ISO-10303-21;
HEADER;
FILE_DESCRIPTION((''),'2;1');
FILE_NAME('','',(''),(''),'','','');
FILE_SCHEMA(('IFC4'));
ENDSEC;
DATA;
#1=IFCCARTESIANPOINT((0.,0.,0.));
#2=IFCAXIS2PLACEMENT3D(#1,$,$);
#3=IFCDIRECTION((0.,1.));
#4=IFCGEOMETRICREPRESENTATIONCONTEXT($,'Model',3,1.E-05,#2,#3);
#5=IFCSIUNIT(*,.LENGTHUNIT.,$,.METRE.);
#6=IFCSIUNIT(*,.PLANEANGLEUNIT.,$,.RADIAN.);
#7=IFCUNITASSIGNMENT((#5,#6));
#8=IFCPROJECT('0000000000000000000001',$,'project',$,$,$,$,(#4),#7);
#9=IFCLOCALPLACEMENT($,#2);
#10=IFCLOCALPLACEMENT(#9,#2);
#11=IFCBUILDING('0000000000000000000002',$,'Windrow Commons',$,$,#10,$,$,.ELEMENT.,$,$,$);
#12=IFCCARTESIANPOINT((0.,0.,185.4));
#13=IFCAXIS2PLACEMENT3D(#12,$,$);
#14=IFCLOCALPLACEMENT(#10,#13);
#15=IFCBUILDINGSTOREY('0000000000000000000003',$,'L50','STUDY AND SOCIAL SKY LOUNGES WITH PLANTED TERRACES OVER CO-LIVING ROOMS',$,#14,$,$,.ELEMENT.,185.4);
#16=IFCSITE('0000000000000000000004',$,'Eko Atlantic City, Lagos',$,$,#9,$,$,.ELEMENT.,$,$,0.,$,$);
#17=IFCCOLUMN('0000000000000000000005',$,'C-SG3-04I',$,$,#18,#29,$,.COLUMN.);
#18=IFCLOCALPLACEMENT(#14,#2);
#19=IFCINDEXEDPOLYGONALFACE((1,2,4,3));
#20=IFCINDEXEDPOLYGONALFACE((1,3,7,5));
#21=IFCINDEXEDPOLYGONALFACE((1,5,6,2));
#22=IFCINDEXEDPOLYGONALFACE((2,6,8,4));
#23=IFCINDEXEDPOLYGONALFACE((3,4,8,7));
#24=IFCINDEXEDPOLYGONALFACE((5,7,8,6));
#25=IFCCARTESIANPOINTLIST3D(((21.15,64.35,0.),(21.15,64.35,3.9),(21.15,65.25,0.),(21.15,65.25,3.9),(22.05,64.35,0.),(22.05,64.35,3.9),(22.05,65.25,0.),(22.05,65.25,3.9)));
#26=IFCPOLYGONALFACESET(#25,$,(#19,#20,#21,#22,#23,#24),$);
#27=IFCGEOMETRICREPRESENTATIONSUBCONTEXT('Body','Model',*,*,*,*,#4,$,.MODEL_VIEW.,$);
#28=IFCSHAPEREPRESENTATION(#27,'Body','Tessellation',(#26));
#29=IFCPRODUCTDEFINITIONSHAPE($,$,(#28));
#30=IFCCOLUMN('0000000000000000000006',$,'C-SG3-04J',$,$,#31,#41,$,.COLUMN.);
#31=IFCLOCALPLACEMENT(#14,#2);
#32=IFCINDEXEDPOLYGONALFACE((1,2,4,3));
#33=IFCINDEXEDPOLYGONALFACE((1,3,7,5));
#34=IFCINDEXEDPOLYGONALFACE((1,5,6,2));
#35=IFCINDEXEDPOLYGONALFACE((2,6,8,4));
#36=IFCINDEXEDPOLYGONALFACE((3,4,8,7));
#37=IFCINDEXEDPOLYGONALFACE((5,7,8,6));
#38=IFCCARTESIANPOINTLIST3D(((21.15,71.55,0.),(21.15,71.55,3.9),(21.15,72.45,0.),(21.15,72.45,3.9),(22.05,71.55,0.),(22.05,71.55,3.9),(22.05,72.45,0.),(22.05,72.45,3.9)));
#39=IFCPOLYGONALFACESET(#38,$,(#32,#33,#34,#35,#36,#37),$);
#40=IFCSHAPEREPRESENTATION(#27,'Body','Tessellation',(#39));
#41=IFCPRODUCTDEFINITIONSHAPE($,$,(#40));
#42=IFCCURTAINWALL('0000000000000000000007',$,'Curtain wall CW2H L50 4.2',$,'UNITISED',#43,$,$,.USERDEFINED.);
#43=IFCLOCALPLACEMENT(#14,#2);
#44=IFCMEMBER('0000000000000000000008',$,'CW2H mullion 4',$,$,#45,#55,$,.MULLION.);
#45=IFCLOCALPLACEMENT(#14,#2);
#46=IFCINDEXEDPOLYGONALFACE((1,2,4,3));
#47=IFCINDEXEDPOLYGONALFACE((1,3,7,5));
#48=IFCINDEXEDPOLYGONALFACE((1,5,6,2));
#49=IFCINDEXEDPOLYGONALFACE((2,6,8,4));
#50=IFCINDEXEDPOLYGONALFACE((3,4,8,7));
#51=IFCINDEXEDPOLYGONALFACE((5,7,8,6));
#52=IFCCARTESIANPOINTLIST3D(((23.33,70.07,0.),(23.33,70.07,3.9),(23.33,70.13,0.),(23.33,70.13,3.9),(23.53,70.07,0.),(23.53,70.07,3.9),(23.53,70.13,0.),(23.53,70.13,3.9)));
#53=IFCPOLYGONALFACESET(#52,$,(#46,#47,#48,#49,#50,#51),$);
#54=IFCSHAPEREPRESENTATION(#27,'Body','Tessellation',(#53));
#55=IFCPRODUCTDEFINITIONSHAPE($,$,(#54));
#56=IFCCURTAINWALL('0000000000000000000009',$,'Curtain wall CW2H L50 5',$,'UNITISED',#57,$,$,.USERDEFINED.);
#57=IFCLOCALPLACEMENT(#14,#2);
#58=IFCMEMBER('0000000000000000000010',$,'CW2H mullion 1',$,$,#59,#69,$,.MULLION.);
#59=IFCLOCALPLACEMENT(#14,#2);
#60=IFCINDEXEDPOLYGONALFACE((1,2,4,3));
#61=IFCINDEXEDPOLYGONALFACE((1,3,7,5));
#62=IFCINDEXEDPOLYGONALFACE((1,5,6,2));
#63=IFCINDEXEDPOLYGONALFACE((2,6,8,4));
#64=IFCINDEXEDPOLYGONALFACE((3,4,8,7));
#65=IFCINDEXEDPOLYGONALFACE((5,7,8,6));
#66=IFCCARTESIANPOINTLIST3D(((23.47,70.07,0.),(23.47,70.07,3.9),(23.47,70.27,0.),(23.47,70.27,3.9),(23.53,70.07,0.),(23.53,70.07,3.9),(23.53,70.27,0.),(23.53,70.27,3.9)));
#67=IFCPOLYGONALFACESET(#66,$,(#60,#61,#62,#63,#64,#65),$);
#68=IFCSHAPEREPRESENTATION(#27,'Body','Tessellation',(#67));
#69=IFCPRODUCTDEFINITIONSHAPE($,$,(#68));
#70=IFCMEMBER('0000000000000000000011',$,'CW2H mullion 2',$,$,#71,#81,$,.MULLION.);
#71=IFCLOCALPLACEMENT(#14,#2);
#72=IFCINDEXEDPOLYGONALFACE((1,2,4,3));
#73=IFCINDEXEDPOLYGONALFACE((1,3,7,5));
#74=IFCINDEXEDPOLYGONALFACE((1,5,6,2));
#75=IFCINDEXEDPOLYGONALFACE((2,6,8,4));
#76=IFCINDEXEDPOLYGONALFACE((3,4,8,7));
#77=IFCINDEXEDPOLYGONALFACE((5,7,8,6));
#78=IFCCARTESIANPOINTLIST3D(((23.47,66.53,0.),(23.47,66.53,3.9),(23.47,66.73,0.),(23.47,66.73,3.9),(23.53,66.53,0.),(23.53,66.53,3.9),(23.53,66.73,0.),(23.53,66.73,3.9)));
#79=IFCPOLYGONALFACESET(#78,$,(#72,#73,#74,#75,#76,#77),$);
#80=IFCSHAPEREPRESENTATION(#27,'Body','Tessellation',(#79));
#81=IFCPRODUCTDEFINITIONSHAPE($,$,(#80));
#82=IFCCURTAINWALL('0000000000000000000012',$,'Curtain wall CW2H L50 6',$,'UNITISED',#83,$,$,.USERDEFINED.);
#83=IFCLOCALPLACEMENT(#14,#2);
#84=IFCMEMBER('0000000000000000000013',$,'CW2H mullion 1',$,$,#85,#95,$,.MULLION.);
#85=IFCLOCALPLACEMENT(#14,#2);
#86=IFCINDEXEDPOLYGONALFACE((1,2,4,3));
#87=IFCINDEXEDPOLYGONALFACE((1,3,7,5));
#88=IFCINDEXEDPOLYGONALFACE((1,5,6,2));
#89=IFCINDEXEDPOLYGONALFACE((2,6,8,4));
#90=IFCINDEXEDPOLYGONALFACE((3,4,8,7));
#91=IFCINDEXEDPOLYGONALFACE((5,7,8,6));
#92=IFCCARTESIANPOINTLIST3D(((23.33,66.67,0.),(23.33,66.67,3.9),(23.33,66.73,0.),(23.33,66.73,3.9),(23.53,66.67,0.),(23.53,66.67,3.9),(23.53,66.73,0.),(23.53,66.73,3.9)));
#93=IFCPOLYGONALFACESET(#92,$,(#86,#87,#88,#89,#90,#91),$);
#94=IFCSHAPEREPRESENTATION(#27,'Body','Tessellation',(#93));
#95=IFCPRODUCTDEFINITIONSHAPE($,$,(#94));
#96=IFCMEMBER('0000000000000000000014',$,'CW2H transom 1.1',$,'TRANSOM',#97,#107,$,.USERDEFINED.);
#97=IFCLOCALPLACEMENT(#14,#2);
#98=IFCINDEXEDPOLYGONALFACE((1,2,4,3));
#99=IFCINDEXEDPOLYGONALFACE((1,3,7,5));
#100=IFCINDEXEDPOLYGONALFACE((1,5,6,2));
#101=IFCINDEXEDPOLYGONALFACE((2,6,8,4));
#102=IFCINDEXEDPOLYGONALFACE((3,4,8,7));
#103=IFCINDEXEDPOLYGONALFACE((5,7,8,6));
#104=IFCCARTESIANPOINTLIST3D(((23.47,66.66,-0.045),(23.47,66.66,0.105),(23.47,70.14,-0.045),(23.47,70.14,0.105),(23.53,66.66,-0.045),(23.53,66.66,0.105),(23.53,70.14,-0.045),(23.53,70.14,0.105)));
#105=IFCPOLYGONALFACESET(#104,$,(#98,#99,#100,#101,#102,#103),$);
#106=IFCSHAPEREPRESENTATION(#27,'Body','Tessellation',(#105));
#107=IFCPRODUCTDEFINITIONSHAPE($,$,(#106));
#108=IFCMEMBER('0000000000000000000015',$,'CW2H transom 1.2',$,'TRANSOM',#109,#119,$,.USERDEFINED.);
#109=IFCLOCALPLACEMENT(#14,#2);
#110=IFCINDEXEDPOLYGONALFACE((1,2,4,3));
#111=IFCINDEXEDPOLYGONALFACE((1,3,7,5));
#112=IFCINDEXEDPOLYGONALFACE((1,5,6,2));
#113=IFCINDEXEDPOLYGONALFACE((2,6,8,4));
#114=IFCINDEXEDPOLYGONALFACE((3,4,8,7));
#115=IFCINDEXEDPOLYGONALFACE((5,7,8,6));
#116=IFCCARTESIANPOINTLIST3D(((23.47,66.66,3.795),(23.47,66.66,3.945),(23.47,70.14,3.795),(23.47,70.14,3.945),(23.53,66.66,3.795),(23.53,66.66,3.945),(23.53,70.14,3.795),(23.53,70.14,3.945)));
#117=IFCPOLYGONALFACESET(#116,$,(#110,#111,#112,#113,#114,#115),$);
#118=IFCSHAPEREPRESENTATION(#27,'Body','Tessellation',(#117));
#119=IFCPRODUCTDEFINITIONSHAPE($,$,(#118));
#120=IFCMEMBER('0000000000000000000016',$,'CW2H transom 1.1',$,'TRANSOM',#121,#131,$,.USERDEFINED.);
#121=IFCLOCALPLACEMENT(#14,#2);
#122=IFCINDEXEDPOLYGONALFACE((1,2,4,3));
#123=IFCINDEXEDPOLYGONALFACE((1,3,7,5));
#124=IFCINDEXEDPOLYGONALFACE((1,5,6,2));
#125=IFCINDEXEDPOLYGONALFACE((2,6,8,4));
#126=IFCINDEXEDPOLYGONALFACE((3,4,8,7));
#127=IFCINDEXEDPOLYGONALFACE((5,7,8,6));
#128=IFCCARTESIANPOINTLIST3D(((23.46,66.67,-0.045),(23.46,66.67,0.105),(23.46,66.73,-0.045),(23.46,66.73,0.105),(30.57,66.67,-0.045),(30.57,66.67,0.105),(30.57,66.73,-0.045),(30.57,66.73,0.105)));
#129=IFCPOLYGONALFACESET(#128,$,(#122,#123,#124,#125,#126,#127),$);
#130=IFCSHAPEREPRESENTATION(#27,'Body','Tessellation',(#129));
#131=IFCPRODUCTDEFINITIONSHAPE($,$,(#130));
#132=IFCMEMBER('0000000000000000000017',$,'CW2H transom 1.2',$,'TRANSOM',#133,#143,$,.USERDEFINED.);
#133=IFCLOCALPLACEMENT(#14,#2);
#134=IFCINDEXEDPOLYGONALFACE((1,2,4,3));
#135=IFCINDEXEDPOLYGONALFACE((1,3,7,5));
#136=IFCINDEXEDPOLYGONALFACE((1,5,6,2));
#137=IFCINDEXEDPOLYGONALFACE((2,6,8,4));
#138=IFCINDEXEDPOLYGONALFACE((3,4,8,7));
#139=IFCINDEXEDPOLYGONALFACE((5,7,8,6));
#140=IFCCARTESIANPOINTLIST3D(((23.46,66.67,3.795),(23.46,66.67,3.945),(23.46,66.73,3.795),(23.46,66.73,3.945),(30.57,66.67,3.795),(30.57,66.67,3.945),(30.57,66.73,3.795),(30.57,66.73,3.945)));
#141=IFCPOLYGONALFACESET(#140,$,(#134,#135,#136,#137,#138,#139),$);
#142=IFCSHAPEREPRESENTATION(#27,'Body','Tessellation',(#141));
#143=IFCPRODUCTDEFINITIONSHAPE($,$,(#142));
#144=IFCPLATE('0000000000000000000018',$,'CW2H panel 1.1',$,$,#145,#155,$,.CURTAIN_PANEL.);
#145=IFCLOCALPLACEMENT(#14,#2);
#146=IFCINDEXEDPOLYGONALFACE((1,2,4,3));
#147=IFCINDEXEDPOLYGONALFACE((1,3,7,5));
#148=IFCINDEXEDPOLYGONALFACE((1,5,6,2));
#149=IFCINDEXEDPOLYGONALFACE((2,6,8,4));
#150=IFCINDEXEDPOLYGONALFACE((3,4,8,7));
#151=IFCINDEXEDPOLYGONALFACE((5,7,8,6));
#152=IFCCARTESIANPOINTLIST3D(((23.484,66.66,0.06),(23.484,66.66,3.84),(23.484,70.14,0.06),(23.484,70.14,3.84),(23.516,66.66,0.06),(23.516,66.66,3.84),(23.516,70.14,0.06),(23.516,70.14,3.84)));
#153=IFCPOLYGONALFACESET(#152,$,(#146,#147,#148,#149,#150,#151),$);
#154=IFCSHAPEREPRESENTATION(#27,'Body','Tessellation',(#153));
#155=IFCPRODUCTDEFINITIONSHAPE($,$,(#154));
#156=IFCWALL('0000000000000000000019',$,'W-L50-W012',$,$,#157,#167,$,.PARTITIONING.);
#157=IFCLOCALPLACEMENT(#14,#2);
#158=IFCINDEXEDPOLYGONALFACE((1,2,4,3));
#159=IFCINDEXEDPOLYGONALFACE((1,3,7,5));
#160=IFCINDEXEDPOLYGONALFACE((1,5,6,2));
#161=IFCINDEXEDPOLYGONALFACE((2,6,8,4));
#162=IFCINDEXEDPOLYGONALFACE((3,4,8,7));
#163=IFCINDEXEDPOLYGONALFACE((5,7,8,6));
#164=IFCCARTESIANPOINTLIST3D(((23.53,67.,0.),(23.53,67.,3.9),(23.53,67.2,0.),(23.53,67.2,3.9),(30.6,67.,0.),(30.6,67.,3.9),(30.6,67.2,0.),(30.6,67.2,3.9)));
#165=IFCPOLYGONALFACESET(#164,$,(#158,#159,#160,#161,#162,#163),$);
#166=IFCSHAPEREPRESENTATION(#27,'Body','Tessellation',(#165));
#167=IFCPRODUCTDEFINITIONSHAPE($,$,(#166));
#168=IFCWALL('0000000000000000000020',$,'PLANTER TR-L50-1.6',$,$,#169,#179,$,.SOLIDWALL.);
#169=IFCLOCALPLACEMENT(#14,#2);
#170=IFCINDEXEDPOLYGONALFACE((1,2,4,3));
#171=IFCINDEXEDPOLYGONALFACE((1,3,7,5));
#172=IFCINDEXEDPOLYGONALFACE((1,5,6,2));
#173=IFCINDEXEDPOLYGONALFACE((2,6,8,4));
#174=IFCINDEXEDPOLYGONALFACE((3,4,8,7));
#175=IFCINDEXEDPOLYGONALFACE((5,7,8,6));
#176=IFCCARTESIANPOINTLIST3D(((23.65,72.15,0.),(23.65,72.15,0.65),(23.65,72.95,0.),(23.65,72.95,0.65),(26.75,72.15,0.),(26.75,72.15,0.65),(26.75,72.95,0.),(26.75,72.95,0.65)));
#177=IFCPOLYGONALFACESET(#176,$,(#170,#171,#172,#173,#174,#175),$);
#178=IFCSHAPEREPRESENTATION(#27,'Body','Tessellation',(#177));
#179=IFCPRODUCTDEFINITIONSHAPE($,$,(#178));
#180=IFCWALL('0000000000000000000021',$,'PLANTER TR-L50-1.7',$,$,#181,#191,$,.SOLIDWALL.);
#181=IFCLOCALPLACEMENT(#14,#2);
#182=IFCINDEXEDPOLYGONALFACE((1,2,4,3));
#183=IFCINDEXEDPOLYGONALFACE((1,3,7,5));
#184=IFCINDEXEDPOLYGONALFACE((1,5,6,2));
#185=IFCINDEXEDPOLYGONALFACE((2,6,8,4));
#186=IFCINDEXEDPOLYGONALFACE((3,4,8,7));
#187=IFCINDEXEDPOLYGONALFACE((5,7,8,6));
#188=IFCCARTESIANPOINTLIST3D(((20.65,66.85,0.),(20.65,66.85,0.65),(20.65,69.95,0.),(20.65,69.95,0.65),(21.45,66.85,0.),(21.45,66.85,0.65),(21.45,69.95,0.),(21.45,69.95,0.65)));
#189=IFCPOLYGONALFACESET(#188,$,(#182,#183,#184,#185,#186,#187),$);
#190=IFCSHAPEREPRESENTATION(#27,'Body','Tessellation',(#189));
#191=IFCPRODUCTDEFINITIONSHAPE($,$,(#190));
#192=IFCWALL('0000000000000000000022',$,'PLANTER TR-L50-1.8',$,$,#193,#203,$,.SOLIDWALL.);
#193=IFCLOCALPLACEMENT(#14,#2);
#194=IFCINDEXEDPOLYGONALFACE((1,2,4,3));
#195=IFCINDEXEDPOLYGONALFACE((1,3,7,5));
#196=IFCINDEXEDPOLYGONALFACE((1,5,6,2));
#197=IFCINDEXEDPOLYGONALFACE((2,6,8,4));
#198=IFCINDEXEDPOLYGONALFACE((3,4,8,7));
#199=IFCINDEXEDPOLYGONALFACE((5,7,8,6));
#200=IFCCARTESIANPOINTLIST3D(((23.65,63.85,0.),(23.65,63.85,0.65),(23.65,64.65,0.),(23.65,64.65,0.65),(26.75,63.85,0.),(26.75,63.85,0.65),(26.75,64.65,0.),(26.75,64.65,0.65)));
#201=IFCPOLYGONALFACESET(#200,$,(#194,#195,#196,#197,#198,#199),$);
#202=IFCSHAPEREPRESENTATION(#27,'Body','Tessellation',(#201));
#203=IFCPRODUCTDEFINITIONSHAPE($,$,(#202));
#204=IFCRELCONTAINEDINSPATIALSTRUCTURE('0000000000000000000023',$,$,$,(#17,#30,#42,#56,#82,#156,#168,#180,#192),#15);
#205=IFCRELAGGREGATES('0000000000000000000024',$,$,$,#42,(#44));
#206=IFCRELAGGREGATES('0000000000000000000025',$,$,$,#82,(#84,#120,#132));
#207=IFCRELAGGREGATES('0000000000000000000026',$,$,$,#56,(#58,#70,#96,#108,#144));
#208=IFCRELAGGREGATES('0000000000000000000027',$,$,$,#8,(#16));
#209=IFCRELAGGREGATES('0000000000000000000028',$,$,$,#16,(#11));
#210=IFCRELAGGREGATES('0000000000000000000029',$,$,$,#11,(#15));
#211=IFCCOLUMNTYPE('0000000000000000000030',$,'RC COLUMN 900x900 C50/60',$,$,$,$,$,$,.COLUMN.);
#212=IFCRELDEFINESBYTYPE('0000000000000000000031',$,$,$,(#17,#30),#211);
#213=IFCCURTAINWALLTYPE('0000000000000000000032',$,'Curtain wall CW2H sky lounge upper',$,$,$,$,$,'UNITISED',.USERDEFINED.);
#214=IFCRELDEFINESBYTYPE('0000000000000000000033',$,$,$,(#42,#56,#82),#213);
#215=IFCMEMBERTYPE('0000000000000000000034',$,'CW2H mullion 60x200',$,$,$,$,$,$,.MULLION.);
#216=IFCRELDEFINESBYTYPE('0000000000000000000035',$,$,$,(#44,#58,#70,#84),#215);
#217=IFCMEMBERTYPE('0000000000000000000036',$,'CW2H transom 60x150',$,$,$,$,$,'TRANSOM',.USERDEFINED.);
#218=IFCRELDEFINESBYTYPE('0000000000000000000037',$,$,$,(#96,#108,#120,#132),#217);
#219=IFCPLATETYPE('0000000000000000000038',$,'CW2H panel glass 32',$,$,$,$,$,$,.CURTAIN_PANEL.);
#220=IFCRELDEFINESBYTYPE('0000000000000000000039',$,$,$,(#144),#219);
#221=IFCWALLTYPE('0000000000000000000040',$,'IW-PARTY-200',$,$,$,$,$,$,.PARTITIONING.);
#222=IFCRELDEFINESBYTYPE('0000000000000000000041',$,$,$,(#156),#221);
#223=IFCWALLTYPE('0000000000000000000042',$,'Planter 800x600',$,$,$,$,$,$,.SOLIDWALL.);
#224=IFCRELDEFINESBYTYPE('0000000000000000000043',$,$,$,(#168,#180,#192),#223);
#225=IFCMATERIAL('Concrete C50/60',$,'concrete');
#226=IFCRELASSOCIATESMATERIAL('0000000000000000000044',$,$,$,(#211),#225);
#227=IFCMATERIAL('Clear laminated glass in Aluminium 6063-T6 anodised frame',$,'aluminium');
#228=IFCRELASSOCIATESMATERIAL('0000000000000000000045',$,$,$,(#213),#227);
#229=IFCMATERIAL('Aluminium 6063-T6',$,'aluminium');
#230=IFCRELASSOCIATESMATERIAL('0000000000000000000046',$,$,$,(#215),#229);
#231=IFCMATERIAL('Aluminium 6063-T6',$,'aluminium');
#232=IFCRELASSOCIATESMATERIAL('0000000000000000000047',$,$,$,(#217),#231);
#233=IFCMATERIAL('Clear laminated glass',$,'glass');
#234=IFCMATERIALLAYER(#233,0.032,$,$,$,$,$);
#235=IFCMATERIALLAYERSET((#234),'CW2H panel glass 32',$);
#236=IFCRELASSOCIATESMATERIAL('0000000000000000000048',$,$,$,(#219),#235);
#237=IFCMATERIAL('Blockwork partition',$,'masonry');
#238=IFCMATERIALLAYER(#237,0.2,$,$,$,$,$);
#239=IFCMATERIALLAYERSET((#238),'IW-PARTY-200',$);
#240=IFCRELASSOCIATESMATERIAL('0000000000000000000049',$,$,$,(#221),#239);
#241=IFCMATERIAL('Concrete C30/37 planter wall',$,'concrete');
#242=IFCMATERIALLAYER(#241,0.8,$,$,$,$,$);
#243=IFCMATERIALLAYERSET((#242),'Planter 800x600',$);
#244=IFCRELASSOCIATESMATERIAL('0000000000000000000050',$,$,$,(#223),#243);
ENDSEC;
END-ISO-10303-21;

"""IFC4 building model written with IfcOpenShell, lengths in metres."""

from ifc_helpers import new_model, si_unit, direction, frame, frame_2d, origin, origin_2d, place, context, subcontext, project, spatial, rectangle, extrude, material, layer, layer_set, material_profile, profile_set, type_object, element, aggregate, save


model = new_model("IFC4")

# Units and contexts
model_context = context("Model", 3, precision=1e-05, world=origin(), true_north=direction((0.0, 1.0)))
body_context = subcontext(model_context, "Body", "Model", "MODEL_VIEW")
ifc_project = project(units=[si_unit("LENGTHUNIT", "METRE"), si_unit("PLANEANGLEUNIT", "RADIAN")], contexts=[model_context])

# Site, building, storey
site_placement = place(None, origin())
site = spatial("IfcSite", under=ifc_project, at=site_placement, Name="Eko Atlantic City, Lagos", CompositionType="ELEMENT", RefElevation=0.0)
building_placement = place(site_placement, origin())
building = spatial("IfcBuilding", under=site, at=building_placement, Name="Windrow Commons", CompositionType="ELEMENT")
storey_placement = place(building_placement, frame((0.0, 0.0, 185.4)))
storey = spatial("IfcBuildingStorey", under=building, at=storey_placement, Name="L50", Description="STUDY AND SOCIAL SKY LOUNGES WITH PLANTED TERRACES OVER CO-LIVING ROOMS", CompositionType="ELEMENT", Elevation=185.4)

# Columns
ifc_material_1 = material(Name="Concrete C50/60", Category="concrete")
ifc_material_profile_1 = material_profile(ifc_material_1, rectangle(XDim=0.9, YDim=0.9, at=origin_2d()))
ifc_profile_set_1 = profile_set([ifc_material_profile_1], Name="Concrete C50/60")
column_type = type_object("IfcColumnType", Name="RC COLUMN 900x900 C50/60", PredefinedType="COLUMN", material=ifc_profile_set_1)
for number, where, z_axis, x_axis, name in (
    (1, (21.6, 64.8, 0.0), (0.0, 0.0, 1.0), (1.0, 0.0, 0.0), "C-SG3-04I"),
    (2, (21.6, 72.0, 0.0), (0.0, 0.0, 1.0), (1.0, 0.0, 0.0), "C-SG3-04J"),
):
    element("IfcColumn", number, at=place(storey_placement, frame(where, z_axis=z_axis, x_axis=x_axis)), inside=storey, type_object=column_type, Name=name, PredefinedType="COLUMN", context=body_context, shape_type="SweptSolid", body=[
        extrude(rectangle(XDim=0.9, YDim=0.9, at=origin_2d()), origin(), (0.0, 0.0, 1.0), 3.9),
    ])

# Curtain wall, member
ifc_material_2 = material(Name="Clear laminated glass in Aluminium 6063-T6 anodised frame", Category="aluminium")
curtain_wall_type = type_object("IfcCurtainWallType", Name="Curtain wall CW2H sky lounge upper", ElementType="UNITISED", PredefinedType="USERDEFINED", material=ifc_material_2)
placement = place(storey_placement, origin())
curtain_wall_1 = element("IfcCurtainWall", 3, at=placement, inside=storey, type_object=curtain_wall_type, Name="Curtain wall CW2H L50 4.2", ObjectType="UNITISED", PredefinedType="USERDEFINED")
ifc_material_3 = material(Name="Aluminium 6063-T6", Category="aluminium")
ifc_material_profile_2 = material_profile(ifc_material_3, rectangle(XDim=0.06, YDim=0.2, at=origin_2d()))
ifc_profile_set_2 = profile_set([ifc_material_profile_2], Name="Aluminium 6063-T6")
member_type_1 = type_object("IfcMemberType", Name="CW2H mullion 60x200", PredefinedType="MULLION", material=ifc_profile_set_2)
member_1_placement = place(storey_placement, frame((23.43, 70.1, 0.0), z_axis=(0.0, 0.0, 1.0), x_axis=(0.0, -1.0, 0.0)))
member_1 = element("IfcMember", 4, at=member_1_placement, type_object=member_type_1, Name="CW2H mullion 4", PredefinedType="MULLION", context=body_context, shape_type="SweptSolid", body=[
    extrude(rectangle(XDim=0.06, YDim=0.2, at=origin_2d()), origin(), (0.0, 0.0, 1.0), 3.9),
])
aggregate(curtain_wall_1, [member_1])

# Curtain wall, members
curtain_wall_2 = element("IfcCurtainWall", 5, at=placement, inside=storey, type_object=curtain_wall_type, Name="Curtain wall CW2H L50 5", ObjectType="UNITISED", PredefinedType="USERDEFINED")
member_2_placement = place(storey_placement, frame((23.5, 70.17, 0.0), z_axis=(0.0, 0.0, 1.0), x_axis=(1.0, 0.0, 0.0)))
member_2 = element("IfcMember", 6, at=member_2_placement, type_object=member_type_1, Name="CW2H mullion 1", PredefinedType="MULLION", context=body_context, shape_type="SweptSolid", body=[
    extrude(rectangle(XDim=0.06, YDim=0.2, at=origin_2d()), origin(), (0.0, 0.0, 1.0), 3.9),
])
member_3_placement = place(storey_placement, frame((23.5, 66.63, 0.0), z_axis=(0.0, 0.0, 1.0), x_axis=(1.0, 0.0, 0.0)))
member_3 = element("IfcMember", 7, at=member_3_placement, type_object=member_type_1, Name="CW2H mullion 2", PredefinedType="MULLION", context=body_context, shape_type="SweptSolid", body=[
    extrude(rectangle(XDim=0.06, YDim=0.2, at=origin_2d()), origin(), (0.0, 0.0, 1.0), 3.9),
])

# Curtain wall, member
curtain_wall_3 = element("IfcCurtainWall", 8, at=placement, inside=storey, type_object=curtain_wall_type, Name="Curtain wall CW2H L50 6", ObjectType="UNITISED", PredefinedType="USERDEFINED")
member_4_placement = place(storey_placement, frame((23.43, 66.7, 0.0), z_axis=(0.0, 0.0, 1.0), x_axis=(0.0, 1.0, 0.0)))
member_4 = element("IfcMember", 9, at=member_4_placement, type_object=member_type_1, Name="CW2H mullion 1", PredefinedType="MULLION", context=body_context, shape_type="SweptSolid", body=[
    extrude(rectangle(XDim=0.06, YDim=0.2, at=origin_2d()), origin(), (0.0, 0.0, 1.0), 3.9),
])

# Members
ifc_material_4 = material(Name="Aluminium 6063-T6", Category="aluminium")
ifc_material_profile_3 = material_profile(ifc_material_4, rectangle(XDim=0.06, YDim=0.15, at=origin_2d()))
ifc_profile_set_3 = profile_set([ifc_material_profile_3], Name="Aluminium 6063-T6")
member_type_2 = type_object("IfcMemberType", Name="CW2H transom 60x150", ElementType="TRANSOM", PredefinedType="USERDEFINED", material=ifc_profile_set_3)
member_5_placement = place(storey_placement, frame((23.5, 70.14, 0.03), z_axis=(0.0, -1.0, 0.0), x_axis=(1.0, 0.0, 0.0)))
member_5 = element("IfcMember", 10, at=member_5_placement, type_object=member_type_2, Name="CW2H transom 1.1", ObjectType="TRANSOM", PredefinedType="USERDEFINED", context=body_context, shape_type="SweptSolid", body=[
    extrude(rectangle(XDim=0.06, YDim=0.15, at=origin_2d()), origin(), (0.0, 0.0, 1.0), 3.48),
])
member_6_placement = place(storey_placement, frame((23.5, 70.14, 3.87), z_axis=(0.0, -1.0, 0.0), x_axis=(1.0, 0.0, 0.0)))
member_6 = element("IfcMember", 11, at=member_6_placement, type_object=member_type_2, Name="CW2H transom 1.2", ObjectType="TRANSOM", PredefinedType="USERDEFINED", context=body_context, shape_type="SweptSolid", body=[
    extrude(rectangle(XDim=0.06, YDim=0.15, at=origin_2d()), origin(), (0.0, 0.0, 1.0), 3.48),
])
member_7_placement = place(storey_placement, frame((23.46, 66.7, 0.03), z_axis=(1.0, 0.0, 0.0), x_axis=(0.0, 1.0, 0.0)))
member_7 = element("IfcMember", 12, at=member_7_placement, type_object=member_type_2, Name="CW2H transom 1.1", ObjectType="TRANSOM", PredefinedType="USERDEFINED", context=body_context, shape_type="SweptSolid", body=[
    extrude(rectangle(XDim=0.06, YDim=0.15, at=origin_2d()), origin(), (0.0, 0.0, 1.0), 7.11),
])
member_8_placement = place(storey_placement, frame((23.46, 66.7, 3.87), z_axis=(1.0, 0.0, 0.0), x_axis=(0.0, 1.0, 0.0)))
member_8 = element("IfcMember", 13, at=member_8_placement, type_object=member_type_2, Name="CW2H transom 1.2", ObjectType="TRANSOM", PredefinedType="USERDEFINED", context=body_context, shape_type="SweptSolid", body=[
    extrude(rectangle(XDim=0.06, YDim=0.15, at=origin_2d()), origin(), (0.0, 0.0, 1.0), 7.11),
])
aggregate(curtain_wall_3, [member_4, member_7, member_8])

# Plate
ifc_material_5 = material(Name="Clear laminated glass", Category="glass")
ifc_layer_1 = layer(ifc_material_5, 0.032)
ifc_layer_set_1 = layer_set([ifc_layer_1], Name="CW2H panel glass 32")
plate_type = type_object("IfcPlateType", Name="CW2H panel glass 32", PredefinedType="CURTAIN_PANEL", material=ifc_layer_set_1)
plate_placement = place(storey_placement, frame((23.5, 68.4, 0.06), z_axis=(0.0, 0.0, 1.0), x_axis=(0.0, -1.0, 0.0)))
plate = element("IfcPlate", 14, at=plate_placement, type_object=plate_type, Name="CW2H panel 1.1", PredefinedType="CURTAIN_PANEL", context=body_context, shape_type="SweptSolid", body=[
    extrude(rectangle(XDim=3.48, YDim=0.032, at=origin_2d()), origin(), (0.0, 0.0, 1.0), 3.78),
])
aggregate(curtain_wall_2, [member_2, member_3, member_5, member_6, plate])

# Walls
ifc_material_6 = material(Name="Blockwork partition", Category="masonry")
ifc_layer_2 = layer(ifc_material_6, 0.2)
ifc_layer_set_2 = layer_set([ifc_layer_2], Name="IW-PARTY-200")
wall_type_1 = type_object("IfcWallType", Name="IW-PARTY-200", PredefinedType="PARTITIONING", material=ifc_layer_set_2)
wall_1_placement = place(storey_placement, frame((23.53, 67.1, 0.0), z_axis=(0.0, 0.0, 1.0), x_axis=(1.0, 0.0, 0.0)))
element("IfcWall", 15, at=wall_1_placement, inside=storey, type_object=wall_type_1, Name="W-L50-W012", PredefinedType="PARTITIONING", context=body_context, shape_type="SweptSolid", body=[
    extrude(rectangle(XDim=7.07, YDim=0.2, at=frame_2d((3.535, 0.0))), origin(), (0.0, 0.0, 1.0), 3.9),
])
ifc_material_7 = material(Name="Concrete C30/37 planter wall", Category="concrete")
ifc_layer_3 = layer(ifc_material_7, 0.8)
ifc_layer_set_3 = layer_set([ifc_layer_3], Name="Planter 800x600")
wall_type_2 = type_object("IfcWallType", Name="Planter 800x600", PredefinedType="SOLIDWALL", material=ifc_layer_set_3)
for number, where, z_axis, x_axis, name in (
    (16, (26.75, 72.55, 0.0), (0.0, 0.0, 1.0), (-1.0, 0.0, 0.0), "PLANTER TR-L50-1.6"),
    (17, (21.05, 69.95, 0.0), (0.0, 0.0, 1.0), (0.0, -1.0, 0.0), "PLANTER TR-L50-1.7"),
    (18, (23.65, 64.25, 0.0), (0.0, 0.0, 1.0), (1.0, 0.0, 0.0), "PLANTER TR-L50-1.8"),
):
    element("IfcWall", number, at=place(storey_placement, frame(where, z_axis=z_axis, x_axis=x_axis)), inside=storey, type_object=wall_type_2, Name=name, PredefinedType="SOLIDWALL", context=body_context, shape_type="SweptSolid", body=[
        extrude(rectangle(XDim=3.1, YDim=0.8, at=frame_2d((1.55, 0.0))), origin(), (0.0, 0.0, 1.0), 0.65),
    ])

save(model, "model.ifc")
